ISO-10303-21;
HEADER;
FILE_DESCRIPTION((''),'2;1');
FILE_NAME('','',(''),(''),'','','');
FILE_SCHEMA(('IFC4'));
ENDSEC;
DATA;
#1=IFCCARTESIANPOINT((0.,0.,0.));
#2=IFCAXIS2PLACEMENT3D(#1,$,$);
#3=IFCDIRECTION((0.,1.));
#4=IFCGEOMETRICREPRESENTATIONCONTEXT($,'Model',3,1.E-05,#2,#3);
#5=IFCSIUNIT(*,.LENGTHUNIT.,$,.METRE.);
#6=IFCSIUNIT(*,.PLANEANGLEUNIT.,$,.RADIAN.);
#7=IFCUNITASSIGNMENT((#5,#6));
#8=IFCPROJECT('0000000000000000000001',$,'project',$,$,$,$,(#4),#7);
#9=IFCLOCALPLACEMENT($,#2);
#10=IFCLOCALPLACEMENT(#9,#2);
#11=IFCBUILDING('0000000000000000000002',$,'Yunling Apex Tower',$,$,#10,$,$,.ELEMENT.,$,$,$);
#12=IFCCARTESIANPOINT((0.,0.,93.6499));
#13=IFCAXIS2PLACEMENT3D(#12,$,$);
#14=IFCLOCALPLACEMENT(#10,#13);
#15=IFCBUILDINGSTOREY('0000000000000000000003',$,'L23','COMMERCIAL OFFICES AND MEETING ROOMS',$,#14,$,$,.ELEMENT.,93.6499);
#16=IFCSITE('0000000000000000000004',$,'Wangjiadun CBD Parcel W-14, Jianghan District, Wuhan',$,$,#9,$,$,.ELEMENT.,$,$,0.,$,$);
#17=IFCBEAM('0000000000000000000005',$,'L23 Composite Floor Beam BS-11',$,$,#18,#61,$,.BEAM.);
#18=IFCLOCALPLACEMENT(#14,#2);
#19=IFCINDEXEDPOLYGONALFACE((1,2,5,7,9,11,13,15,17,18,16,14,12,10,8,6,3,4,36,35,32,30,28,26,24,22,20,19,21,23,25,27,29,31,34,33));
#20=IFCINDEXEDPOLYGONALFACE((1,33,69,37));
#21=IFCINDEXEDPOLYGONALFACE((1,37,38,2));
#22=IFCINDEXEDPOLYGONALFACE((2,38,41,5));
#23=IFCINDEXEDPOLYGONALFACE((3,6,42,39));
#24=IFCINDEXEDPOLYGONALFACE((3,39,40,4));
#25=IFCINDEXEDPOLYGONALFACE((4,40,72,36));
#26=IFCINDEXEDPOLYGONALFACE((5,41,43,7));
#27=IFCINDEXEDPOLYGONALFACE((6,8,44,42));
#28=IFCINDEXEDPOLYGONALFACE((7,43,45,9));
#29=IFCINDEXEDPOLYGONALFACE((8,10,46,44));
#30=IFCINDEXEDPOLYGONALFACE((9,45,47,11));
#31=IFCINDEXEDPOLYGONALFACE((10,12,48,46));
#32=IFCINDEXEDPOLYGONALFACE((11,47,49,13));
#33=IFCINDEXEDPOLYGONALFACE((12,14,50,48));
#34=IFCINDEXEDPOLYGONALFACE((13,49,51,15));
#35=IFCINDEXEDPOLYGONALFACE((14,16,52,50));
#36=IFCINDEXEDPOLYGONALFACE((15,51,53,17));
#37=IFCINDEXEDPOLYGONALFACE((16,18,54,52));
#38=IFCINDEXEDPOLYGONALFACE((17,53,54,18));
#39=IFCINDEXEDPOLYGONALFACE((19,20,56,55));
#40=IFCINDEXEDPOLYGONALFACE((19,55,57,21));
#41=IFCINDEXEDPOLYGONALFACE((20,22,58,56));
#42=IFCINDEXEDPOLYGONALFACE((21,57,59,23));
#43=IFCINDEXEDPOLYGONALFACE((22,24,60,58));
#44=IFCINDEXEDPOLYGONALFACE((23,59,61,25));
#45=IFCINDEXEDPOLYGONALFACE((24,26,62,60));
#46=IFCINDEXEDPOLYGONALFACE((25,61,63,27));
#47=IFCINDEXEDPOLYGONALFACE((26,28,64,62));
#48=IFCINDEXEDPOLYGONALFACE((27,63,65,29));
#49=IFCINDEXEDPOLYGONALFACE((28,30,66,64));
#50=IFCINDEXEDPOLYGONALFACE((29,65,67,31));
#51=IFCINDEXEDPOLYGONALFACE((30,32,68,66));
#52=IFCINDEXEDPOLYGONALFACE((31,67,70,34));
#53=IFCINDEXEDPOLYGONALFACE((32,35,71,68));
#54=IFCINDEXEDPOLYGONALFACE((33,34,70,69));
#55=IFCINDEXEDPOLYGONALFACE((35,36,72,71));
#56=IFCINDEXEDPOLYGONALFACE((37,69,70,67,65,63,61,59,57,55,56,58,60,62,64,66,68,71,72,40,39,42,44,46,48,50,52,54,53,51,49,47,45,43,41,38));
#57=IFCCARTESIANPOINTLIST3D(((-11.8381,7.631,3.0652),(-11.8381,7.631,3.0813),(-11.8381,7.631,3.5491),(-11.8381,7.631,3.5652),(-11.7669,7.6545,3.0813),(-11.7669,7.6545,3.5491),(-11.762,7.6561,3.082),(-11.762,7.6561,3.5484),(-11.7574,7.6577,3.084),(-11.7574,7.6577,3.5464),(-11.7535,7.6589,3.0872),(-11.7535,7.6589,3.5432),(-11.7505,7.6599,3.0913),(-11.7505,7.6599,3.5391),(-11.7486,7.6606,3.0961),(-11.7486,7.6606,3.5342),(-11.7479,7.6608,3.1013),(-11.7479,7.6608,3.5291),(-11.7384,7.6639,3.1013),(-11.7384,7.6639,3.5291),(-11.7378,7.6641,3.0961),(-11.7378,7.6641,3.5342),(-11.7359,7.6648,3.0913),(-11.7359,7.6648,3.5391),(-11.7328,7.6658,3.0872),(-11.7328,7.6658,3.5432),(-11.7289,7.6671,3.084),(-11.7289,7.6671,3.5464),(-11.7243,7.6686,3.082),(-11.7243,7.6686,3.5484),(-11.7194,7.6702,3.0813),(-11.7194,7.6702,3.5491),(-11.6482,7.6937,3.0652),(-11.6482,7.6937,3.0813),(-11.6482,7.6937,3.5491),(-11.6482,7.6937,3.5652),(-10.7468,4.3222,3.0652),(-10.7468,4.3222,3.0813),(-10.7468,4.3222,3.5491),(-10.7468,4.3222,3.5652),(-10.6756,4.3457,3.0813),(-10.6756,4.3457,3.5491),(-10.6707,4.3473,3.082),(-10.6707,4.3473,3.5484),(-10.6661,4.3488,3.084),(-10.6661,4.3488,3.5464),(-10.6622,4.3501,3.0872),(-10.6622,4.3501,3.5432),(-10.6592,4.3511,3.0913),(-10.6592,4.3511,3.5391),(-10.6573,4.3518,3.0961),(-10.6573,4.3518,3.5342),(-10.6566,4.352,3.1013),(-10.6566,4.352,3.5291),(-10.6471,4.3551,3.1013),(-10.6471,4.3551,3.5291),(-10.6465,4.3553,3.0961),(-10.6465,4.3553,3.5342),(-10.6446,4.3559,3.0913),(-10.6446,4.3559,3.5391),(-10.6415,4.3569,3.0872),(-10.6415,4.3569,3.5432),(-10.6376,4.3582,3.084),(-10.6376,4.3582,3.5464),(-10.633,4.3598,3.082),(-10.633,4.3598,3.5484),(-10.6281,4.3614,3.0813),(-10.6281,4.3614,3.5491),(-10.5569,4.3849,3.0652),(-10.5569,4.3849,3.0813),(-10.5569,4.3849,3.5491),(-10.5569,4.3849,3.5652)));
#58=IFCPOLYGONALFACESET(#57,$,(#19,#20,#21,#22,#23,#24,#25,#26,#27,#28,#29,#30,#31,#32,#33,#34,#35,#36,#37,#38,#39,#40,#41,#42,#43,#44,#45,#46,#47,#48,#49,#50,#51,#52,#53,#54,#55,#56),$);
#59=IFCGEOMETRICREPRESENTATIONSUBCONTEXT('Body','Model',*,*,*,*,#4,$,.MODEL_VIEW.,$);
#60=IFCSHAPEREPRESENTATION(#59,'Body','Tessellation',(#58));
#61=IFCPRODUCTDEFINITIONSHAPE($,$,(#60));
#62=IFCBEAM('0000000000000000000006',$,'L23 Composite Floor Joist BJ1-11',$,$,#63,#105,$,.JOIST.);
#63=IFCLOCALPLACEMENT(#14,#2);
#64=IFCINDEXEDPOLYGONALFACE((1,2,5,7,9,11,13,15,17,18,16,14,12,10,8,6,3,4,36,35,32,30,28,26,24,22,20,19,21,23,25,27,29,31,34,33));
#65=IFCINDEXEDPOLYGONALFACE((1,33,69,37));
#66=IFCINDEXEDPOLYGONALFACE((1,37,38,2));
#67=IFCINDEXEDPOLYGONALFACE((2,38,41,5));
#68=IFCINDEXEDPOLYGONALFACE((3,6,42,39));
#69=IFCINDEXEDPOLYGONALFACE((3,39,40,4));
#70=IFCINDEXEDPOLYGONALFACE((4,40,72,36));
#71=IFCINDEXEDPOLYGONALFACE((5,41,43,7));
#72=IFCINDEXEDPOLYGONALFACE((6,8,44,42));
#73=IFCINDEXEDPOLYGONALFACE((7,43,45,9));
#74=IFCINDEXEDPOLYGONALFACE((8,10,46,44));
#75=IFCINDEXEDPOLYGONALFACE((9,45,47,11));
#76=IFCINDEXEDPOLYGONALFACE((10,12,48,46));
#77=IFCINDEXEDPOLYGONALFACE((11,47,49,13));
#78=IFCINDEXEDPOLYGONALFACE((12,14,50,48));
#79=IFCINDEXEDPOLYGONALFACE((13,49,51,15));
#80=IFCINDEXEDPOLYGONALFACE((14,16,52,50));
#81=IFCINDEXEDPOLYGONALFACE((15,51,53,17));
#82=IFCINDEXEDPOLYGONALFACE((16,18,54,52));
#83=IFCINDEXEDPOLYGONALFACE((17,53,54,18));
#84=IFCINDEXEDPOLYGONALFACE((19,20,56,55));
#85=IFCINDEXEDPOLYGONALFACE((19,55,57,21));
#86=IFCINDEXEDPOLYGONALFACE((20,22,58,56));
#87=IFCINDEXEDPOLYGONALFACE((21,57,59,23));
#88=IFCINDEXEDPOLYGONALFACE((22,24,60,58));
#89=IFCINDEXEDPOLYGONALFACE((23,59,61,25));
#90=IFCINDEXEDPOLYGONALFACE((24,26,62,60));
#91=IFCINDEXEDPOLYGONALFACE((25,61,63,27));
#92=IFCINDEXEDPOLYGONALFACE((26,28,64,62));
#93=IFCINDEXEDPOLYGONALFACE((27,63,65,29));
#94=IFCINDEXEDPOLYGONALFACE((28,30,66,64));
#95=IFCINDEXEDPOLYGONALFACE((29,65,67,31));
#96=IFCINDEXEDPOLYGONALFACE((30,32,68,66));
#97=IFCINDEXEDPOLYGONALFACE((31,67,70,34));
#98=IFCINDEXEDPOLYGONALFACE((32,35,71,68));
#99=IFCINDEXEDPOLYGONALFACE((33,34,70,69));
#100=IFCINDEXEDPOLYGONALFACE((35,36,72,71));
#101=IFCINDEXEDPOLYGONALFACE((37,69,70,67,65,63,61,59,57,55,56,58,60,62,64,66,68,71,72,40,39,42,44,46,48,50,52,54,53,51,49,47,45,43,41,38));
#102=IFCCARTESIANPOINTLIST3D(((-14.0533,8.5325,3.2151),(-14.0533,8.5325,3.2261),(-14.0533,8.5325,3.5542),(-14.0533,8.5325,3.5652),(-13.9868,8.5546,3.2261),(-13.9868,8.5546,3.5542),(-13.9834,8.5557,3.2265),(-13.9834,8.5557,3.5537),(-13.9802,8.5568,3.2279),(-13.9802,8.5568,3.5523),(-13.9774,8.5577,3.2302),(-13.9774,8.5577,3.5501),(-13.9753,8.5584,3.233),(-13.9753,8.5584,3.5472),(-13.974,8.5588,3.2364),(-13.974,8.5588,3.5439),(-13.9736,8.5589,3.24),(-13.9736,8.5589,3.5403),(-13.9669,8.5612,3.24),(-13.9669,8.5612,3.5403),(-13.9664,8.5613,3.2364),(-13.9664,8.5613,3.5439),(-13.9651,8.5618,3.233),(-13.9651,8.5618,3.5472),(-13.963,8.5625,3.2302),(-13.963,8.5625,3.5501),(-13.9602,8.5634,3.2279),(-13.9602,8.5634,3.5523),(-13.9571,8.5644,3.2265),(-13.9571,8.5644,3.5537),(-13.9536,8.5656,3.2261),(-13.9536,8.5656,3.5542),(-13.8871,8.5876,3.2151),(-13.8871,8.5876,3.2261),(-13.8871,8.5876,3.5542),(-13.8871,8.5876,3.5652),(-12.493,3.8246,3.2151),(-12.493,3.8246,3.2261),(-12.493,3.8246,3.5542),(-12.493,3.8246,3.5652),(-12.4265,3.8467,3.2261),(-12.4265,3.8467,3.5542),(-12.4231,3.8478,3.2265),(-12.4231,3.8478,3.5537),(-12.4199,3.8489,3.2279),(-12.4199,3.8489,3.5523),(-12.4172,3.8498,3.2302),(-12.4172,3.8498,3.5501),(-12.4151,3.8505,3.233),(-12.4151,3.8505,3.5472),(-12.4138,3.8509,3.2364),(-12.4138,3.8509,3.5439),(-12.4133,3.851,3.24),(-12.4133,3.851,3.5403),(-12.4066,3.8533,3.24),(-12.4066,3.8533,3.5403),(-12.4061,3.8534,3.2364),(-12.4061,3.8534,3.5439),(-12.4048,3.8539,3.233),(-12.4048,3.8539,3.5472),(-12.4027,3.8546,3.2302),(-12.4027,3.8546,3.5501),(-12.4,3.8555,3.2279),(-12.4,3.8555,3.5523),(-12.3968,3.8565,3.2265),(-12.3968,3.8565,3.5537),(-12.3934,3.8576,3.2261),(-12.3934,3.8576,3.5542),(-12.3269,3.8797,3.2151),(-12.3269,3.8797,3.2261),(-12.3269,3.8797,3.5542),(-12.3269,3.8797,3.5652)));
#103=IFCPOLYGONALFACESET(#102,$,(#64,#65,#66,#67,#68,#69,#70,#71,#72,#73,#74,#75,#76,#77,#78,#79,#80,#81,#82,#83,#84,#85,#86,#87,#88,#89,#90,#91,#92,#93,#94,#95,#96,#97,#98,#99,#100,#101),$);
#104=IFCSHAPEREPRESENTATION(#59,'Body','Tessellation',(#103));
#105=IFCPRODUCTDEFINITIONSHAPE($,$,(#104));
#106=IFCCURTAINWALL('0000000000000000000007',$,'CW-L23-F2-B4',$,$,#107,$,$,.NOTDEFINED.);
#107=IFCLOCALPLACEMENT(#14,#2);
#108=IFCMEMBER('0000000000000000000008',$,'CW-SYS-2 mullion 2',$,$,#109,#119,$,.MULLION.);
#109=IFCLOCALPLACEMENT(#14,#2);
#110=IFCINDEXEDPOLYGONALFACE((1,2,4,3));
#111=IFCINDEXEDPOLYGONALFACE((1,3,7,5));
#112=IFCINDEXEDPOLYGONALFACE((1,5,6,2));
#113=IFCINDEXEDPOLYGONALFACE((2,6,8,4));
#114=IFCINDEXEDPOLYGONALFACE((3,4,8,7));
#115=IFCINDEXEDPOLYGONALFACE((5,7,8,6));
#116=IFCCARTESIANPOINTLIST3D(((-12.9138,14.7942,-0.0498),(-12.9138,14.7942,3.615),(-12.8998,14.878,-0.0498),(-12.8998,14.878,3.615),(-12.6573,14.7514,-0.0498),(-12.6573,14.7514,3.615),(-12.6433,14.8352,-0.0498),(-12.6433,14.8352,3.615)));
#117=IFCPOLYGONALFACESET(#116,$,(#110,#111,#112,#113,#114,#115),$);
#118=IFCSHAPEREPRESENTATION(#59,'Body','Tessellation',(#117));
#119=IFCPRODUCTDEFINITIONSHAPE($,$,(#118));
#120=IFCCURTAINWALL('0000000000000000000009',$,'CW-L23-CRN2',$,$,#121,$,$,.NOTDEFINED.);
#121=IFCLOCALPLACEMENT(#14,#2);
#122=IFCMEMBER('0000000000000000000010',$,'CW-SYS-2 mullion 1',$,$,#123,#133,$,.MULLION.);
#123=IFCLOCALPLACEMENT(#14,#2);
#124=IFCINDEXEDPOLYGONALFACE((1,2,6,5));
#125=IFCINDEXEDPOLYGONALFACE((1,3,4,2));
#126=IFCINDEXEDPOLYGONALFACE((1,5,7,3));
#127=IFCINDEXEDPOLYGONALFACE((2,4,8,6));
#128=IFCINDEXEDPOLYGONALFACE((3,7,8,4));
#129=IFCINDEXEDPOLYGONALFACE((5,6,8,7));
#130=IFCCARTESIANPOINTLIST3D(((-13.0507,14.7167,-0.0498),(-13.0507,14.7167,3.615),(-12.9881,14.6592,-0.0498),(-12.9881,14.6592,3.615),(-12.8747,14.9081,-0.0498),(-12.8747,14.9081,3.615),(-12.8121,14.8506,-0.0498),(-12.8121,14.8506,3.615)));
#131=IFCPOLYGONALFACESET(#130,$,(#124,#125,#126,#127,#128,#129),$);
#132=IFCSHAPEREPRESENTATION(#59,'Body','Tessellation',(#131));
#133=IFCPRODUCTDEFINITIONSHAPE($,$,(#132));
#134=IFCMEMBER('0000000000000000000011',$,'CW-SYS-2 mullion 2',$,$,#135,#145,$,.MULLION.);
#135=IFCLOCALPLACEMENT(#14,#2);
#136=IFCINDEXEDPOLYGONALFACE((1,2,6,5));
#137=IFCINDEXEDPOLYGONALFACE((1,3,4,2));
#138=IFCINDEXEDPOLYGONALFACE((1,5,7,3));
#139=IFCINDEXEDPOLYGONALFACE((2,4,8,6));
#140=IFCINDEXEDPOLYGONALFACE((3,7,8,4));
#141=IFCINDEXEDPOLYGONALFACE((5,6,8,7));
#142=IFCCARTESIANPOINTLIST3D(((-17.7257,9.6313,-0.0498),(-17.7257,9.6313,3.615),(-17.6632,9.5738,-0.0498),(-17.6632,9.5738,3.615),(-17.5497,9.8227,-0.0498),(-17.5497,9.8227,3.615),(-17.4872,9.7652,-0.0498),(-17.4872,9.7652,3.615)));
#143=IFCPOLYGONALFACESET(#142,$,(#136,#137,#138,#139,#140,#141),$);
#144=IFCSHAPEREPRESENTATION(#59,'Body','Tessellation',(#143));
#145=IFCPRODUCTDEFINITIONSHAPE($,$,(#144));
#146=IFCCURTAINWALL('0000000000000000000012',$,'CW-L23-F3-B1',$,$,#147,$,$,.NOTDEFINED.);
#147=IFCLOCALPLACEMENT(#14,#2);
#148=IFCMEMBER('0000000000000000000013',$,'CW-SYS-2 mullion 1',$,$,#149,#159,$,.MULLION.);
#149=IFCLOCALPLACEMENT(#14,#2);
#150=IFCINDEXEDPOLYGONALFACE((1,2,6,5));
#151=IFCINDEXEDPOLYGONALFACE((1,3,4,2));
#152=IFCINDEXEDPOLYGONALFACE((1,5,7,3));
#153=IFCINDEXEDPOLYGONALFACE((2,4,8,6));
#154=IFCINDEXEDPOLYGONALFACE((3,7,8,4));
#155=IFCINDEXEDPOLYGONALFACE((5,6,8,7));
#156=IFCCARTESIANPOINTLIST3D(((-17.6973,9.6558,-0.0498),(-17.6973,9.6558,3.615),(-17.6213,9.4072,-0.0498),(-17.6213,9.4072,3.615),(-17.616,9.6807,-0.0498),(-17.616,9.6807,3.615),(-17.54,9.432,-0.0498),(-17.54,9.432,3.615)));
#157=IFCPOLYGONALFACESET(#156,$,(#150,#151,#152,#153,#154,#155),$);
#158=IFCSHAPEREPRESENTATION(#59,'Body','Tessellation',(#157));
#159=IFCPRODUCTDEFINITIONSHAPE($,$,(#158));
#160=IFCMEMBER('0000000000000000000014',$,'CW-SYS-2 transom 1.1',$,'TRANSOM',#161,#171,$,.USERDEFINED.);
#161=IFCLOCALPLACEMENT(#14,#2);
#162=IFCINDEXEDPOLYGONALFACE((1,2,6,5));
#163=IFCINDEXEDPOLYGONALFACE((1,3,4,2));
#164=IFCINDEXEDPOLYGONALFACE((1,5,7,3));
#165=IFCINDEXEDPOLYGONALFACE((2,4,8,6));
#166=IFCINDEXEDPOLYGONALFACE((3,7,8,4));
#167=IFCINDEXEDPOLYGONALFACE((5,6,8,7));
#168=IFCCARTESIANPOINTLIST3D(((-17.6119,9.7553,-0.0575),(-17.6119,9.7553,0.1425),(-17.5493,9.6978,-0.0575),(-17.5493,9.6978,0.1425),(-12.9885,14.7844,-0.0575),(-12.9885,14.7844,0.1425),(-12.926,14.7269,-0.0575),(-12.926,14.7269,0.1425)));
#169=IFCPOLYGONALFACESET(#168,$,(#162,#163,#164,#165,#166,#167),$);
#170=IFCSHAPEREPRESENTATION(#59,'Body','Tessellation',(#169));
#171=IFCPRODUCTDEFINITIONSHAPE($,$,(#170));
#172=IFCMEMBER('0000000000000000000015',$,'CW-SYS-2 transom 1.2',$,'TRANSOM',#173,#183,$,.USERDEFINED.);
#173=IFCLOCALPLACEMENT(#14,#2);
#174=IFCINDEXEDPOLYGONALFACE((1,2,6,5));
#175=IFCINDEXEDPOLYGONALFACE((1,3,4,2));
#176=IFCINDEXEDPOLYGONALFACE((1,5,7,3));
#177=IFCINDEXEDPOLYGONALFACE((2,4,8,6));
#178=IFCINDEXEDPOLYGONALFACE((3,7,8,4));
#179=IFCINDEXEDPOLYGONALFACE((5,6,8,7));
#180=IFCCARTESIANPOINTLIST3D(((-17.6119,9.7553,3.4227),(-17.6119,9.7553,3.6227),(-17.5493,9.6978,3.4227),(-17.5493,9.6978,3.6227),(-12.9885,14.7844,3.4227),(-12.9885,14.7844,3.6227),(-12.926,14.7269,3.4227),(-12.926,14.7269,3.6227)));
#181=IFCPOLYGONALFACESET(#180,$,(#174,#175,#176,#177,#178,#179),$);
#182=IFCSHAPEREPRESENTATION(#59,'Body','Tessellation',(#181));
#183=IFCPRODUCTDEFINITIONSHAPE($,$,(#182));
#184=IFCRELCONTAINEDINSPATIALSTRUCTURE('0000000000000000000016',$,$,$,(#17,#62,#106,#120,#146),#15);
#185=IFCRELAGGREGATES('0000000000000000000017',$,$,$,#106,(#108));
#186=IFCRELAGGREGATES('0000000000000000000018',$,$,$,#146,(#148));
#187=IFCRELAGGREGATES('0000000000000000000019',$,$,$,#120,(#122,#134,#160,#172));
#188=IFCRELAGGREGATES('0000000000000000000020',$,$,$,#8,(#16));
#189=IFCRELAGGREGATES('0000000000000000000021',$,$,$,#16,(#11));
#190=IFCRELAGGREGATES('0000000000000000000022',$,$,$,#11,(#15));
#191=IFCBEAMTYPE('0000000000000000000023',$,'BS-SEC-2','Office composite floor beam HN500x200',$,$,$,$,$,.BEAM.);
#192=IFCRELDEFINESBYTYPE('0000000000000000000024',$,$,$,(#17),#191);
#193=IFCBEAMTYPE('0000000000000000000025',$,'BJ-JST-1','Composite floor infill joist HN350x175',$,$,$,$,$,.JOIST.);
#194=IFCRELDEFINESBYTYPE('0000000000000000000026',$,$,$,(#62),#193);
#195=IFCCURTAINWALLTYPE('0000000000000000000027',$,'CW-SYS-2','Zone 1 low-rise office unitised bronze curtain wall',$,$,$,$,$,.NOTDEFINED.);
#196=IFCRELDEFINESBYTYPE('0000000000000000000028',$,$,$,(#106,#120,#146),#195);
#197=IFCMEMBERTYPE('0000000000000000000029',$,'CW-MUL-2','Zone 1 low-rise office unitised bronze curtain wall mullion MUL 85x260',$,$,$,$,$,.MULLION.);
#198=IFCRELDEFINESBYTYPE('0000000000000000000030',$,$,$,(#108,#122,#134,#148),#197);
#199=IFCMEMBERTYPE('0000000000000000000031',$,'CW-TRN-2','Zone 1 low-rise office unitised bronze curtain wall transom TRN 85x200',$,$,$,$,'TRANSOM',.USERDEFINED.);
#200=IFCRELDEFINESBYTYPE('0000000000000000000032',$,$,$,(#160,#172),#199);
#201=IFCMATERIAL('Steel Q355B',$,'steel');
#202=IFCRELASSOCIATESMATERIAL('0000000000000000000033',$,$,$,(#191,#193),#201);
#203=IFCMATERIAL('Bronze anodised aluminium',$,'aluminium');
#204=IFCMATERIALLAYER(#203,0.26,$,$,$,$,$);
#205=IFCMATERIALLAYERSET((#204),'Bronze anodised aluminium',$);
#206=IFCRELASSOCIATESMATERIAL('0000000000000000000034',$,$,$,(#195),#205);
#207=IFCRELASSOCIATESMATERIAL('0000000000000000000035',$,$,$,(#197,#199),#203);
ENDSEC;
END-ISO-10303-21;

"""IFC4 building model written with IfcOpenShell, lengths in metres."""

from ifc_helpers import new_model, si_unit, direction, frame, origin, origin_2d, place, context, subcontext, project, spatial, rectangle, i_section, extrude, source, transform, mapped, material, layer, layer_set, material_profile, profile_set, type_object, element, aggregate, save


model = new_model("IFC4")

# Units and contexts
model_context = context("Model", 3, precision=1e-05, world=origin(), true_north=direction((0.0, 1.0)))
body_context = subcontext(model_context, "Body", "Model", "MODEL_VIEW")
ifc_project = project(units=[si_unit("LENGTHUNIT", "METRE"), si_unit("PLANEANGLEUNIT", "RADIAN")], contexts=[model_context])

# Site, building, storey
site_placement = place(None, origin())
site = spatial("IfcSite", under=ifc_project, at=site_placement, Name="Wangjiadun CBD Parcel W-14, Jianghan District, Wuhan", CompositionType="ELEMENT", RefElevation=0.0)
building_placement = place(site_placement, origin())
building = spatial("IfcBuilding", under=site, at=building_placement, Name="Yunling Apex Tower", CompositionType="ELEMENT")
storey_placement = place(building_placement, frame((0.0, 0.0, 93.6499)))
storey = spatial("IfcBuildingStorey", under=building, at=storey_placement, Name="L23", Description="COMMERCIAL OFFICES AND MEETING ROOMS", CompositionType="ELEMENT", Elevation=93.6499)

# Beams
ifc_material_1 = material(Name="Steel Q355B", Category="steel")
ifc_material_profile_1 = material_profile(ifc_material_1, i_section(OverallWidth=0.2, OverallDepth=0.5, WebThickness=0.01, FlangeThickness=0.0161, FilletRadius=0.02, at=origin_2d()))
ifc_profile_set_1 = profile_set([ifc_material_profile_1], Name="Steel Q355B")
beam_type_1 = type_object("IfcBeamType", Name="BS-SEC-2", Description="Office composite floor beam HN500x200", PredefinedType="BEAM", material=ifc_profile_set_1)
shared_shape_1 = source(origin(), body_context, "Body", "SweptSolid", [
    extrude(i_section(OverallWidth=0.2, OverallDepth=0.5, WebThickness=0.01, FlangeThickness=0.0161, FilletRadius=0.02, at=origin_2d()), origin(), (0.0, 0.0, 1.0), 3.4841),
])
beam_1_placement = place(storey_placement, frame((-11.7432, 7.6624, 3.3152), z_axis=(0.31322, -0.949681, 0.0), x_axis=(0.949681, 0.31322, 0.0)))
element("IfcBeam", 1, at=beam_1_placement, inside=storey, type_object=beam_type_1, Name="L23 Composite Floor Beam BS-11", PredefinedType="BEAM", context=body_context, shape_type="MappedRepresentation", body=[
    mapped(shared_shape_1, transform((0.0, 0.0, 0.0), scale=1.0)),
])
ifc_material_profile_2 = material_profile(ifc_material_1, i_section(OverallWidth=0.175, OverallDepth=0.3501, WebThickness=0.0071, FlangeThickness=0.011, FilletRadius=0.0139, at=origin_2d()))
ifc_profile_set_2 = profile_set([ifc_material_profile_2], Name="Steel Q355B")
beam_type_2 = type_object("IfcBeamType", Name="BJ-JST-1", Description="Composite floor infill joist HN350x175", PredefinedType="JOIST", material=ifc_profile_set_2)
shared_shape_2 = source(origin(), body_context, "Body", "SweptSolid", [
    extrude(i_section(OverallWidth=0.175, OverallDepth=0.3501, WebThickness=0.0071, FlangeThickness=0.011, FilletRadius=0.0139, at=origin_2d()), origin(), (0.0, 0.0, 1.0), 4.9597),
])
beam_2_placement = place(storey_placement, frame((-13.9702, 8.5601, 3.3901), z_axis=(0.314588, -0.949228, 0.0), x_axis=(0.949228, 0.314588, 0.0)))
element("IfcBeam", 2, at=beam_2_placement, inside=storey, type_object=beam_type_2, Name="L23 Composite Floor Joist BJ1-11", PredefinedType="JOIST", context=body_context, shape_type="MappedRepresentation", body=[
    mapped(shared_shape_2, transform((0.0, 0.0, 0.0), scale=1.0)),
])

# Curtain wall, member
ifc_material_2 = material(Name="Bronze anodised aluminium", Category="aluminium")
ifc_layer_1 = layer(ifc_material_2, 0.26)
ifc_layer_set_1 = layer_set([ifc_layer_1], Name="Bronze anodised aluminium")
curtain_wall_type = type_object("IfcCurtainWallType", Name="CW-SYS-2", Description="Zone 1 low-rise office unitised bronze curtain wall", PredefinedType="NOTDEFINED", material=ifc_layer_set_1)
curtain_wall_1_placement = place(storey_placement, origin())
curtain_wall_1 = element("IfcCurtainWall", 3, at=curtain_wall_1_placement, inside=storey, type_object=curtain_wall_type, Name="CW-L23-F2-B4", PredefinedType="NOTDEFINED")
ifc_material_profile_3 = material_profile(ifc_material_2, rectangle(XDim=0.085, YDim=0.26, at=origin_2d()))
ifc_profile_set_3 = profile_set([ifc_material_profile_3], Name="Bronze anodised aluminium")
member_type_1 = type_object("IfcMemberType", Name="CW-MUL-2", Description="Zone 1 low-rise office unitised bronze curtain wall mullion MUL 85x260", PredefinedType="MULLION", material=ifc_profile_set_3)
shared_shape_3 = source(origin(), body_context, "Body", "SweptSolid", [
    extrude(rectangle(XDim=0.085, YDim=0.26, at=origin_2d()), origin(), (0.0, 0.0, 1.0), 3.6648),
])
member_1_placement = place(storey_placement, frame((-12.7786, 14.8147, -0.0498), z_axis=(0.0, 0.0, 1.0), x_axis=(-0.16436, -0.9864, 0.0)))
member_1 = element("IfcMember", 4, at=member_1_placement, type_object=member_type_1, Name="CW-SYS-2 mullion 2", PredefinedType="MULLION", context=body_context, shape_type="MappedRepresentation", body=[
    mapped(shared_shape_3, transform((0.0, 0.0, 0.0), scale=1.0)),
])
aggregate(curtain_wall_1, [member_1])

# Curtain wall, members
curtain_wall_2_placement = place(storey_placement, origin())
curtain_wall_2 = element("IfcCurtainWall", 5, at=curtain_wall_2_placement, inside=storey, type_object=curtain_wall_type, Name="CW-L23-CRN2", PredefinedType="NOTDEFINED")
member_2_placement = place(storey_placement, frame((-12.9314, 14.7837, -0.0498), z_axis=(0.0, 0.0, 1.0), x_axis=(0.736185, -0.676781, 0.0)))
member_2 = element("IfcMember", 6, at=member_2_placement, type_object=member_type_1, Name="CW-SYS-2 mullion 1", PredefinedType="MULLION", context=body_context, shape_type="MappedRepresentation", body=[
    mapped(shared_shape_3, transform((0.0, 0.0, 0.0), scale=1.0)),
])
member_3_placement = place(storey_placement, frame((-17.6064, 9.6982, -0.0498), z_axis=(0.0, 0.0, 1.0), x_axis=(0.736185, -0.676781, 0.0)))
member_3 = element("IfcMember", 7, at=member_3_placement, type_object=member_type_1, Name="CW-SYS-2 mullion 2", PredefinedType="MULLION", context=body_context, shape_type="MappedRepresentation", body=[
    mapped(shared_shape_3, transform((0.0, 0.0, 0.0), scale=1.0)),
])

# Curtain wall, member
curtain_wall_3_placement = place(storey_placement, origin())
curtain_wall_3 = element("IfcCurtainWall", 8, at=curtain_wall_3_placement, inside=storey, type_object=curtain_wall_type, Name="CW-L23-F3-B1", PredefinedType="NOTDEFINED")
member_4_placement = place(storey_placement, frame((-17.6187, 9.5439, -0.0498), z_axis=(0.0, 0.0, 1.0), x_axis=(0.956304, 0.292373, 0.0)))
member_4 = element("IfcMember", 9, at=member_4_placement, type_object=member_type_1, Name="CW-SYS-2 mullion 1", PredefinedType="MULLION", context=body_context, shape_type="MappedRepresentation", body=[
    mapped(shared_shape_3, transform((0.0, 0.0, 0.0), scale=1.0)),
])

# Members
ifc_material_profile_4 = material_profile(ifc_material_2, rectangle(XDim=0.085, YDim=0.2, at=origin_2d()))
ifc_profile_set_4 = profile_set([ifc_material_profile_4], Name="Bronze anodised aluminium")
member_type_2 = type_object("IfcMemberType", Name="CW-TRN-2", Description="Zone 1 low-rise office unitised bronze curtain wall transom TRN 85x200", ElementType="TRANSOM", PredefinedType="USERDEFINED", material=ifc_profile_set_4)
shared_shape_4 = source(origin(), body_context, "Body", "SweptSolid", [
    extrude(rectangle(XDim=0.085, YDim=0.2, at=origin_2d()), origin(), (0.0, 0.0, 1.0), 6.8313),
])
member_5_placement = place(storey_placement, frame((-12.9573, 14.7556, 0.0425), z_axis=(-0.676784, -0.736182, 0.0), x_axis=(0.736182, -0.676784, 0.0)))
member_5 = element("IfcMember", 10, at=member_5_placement, type_object=member_type_2, Name="CW-SYS-2 transom 1.1", ObjectType="TRANSOM", PredefinedType="USERDEFINED", context=body_context, shape_type="MappedRepresentation", body=[
    mapped(shared_shape_4, transform((0.0, 0.0, 0.0), scale=1.0)),
])
member_6_placement = place(storey_placement, frame((-12.9573, 14.7556, 3.5227), z_axis=(-0.676784, -0.736182, 0.0), x_axis=(0.736182, -0.676784, 0.0)))
member_6 = element("IfcMember", 11, at=member_6_placement, type_object=member_type_2, Name="CW-SYS-2 transom 1.2", ObjectType="TRANSOM", PredefinedType="USERDEFINED", context=body_context, shape_type="MappedRepresentation", body=[
    mapped(shared_shape_4, transform((0.0, 0.0, 0.0), scale=1.0)),
])
aggregate(curtain_wall_3, [member_4])

aggregate(curtain_wall_2, [member_2, member_3, member_5, member_6])

save(model, "model.ifc")
